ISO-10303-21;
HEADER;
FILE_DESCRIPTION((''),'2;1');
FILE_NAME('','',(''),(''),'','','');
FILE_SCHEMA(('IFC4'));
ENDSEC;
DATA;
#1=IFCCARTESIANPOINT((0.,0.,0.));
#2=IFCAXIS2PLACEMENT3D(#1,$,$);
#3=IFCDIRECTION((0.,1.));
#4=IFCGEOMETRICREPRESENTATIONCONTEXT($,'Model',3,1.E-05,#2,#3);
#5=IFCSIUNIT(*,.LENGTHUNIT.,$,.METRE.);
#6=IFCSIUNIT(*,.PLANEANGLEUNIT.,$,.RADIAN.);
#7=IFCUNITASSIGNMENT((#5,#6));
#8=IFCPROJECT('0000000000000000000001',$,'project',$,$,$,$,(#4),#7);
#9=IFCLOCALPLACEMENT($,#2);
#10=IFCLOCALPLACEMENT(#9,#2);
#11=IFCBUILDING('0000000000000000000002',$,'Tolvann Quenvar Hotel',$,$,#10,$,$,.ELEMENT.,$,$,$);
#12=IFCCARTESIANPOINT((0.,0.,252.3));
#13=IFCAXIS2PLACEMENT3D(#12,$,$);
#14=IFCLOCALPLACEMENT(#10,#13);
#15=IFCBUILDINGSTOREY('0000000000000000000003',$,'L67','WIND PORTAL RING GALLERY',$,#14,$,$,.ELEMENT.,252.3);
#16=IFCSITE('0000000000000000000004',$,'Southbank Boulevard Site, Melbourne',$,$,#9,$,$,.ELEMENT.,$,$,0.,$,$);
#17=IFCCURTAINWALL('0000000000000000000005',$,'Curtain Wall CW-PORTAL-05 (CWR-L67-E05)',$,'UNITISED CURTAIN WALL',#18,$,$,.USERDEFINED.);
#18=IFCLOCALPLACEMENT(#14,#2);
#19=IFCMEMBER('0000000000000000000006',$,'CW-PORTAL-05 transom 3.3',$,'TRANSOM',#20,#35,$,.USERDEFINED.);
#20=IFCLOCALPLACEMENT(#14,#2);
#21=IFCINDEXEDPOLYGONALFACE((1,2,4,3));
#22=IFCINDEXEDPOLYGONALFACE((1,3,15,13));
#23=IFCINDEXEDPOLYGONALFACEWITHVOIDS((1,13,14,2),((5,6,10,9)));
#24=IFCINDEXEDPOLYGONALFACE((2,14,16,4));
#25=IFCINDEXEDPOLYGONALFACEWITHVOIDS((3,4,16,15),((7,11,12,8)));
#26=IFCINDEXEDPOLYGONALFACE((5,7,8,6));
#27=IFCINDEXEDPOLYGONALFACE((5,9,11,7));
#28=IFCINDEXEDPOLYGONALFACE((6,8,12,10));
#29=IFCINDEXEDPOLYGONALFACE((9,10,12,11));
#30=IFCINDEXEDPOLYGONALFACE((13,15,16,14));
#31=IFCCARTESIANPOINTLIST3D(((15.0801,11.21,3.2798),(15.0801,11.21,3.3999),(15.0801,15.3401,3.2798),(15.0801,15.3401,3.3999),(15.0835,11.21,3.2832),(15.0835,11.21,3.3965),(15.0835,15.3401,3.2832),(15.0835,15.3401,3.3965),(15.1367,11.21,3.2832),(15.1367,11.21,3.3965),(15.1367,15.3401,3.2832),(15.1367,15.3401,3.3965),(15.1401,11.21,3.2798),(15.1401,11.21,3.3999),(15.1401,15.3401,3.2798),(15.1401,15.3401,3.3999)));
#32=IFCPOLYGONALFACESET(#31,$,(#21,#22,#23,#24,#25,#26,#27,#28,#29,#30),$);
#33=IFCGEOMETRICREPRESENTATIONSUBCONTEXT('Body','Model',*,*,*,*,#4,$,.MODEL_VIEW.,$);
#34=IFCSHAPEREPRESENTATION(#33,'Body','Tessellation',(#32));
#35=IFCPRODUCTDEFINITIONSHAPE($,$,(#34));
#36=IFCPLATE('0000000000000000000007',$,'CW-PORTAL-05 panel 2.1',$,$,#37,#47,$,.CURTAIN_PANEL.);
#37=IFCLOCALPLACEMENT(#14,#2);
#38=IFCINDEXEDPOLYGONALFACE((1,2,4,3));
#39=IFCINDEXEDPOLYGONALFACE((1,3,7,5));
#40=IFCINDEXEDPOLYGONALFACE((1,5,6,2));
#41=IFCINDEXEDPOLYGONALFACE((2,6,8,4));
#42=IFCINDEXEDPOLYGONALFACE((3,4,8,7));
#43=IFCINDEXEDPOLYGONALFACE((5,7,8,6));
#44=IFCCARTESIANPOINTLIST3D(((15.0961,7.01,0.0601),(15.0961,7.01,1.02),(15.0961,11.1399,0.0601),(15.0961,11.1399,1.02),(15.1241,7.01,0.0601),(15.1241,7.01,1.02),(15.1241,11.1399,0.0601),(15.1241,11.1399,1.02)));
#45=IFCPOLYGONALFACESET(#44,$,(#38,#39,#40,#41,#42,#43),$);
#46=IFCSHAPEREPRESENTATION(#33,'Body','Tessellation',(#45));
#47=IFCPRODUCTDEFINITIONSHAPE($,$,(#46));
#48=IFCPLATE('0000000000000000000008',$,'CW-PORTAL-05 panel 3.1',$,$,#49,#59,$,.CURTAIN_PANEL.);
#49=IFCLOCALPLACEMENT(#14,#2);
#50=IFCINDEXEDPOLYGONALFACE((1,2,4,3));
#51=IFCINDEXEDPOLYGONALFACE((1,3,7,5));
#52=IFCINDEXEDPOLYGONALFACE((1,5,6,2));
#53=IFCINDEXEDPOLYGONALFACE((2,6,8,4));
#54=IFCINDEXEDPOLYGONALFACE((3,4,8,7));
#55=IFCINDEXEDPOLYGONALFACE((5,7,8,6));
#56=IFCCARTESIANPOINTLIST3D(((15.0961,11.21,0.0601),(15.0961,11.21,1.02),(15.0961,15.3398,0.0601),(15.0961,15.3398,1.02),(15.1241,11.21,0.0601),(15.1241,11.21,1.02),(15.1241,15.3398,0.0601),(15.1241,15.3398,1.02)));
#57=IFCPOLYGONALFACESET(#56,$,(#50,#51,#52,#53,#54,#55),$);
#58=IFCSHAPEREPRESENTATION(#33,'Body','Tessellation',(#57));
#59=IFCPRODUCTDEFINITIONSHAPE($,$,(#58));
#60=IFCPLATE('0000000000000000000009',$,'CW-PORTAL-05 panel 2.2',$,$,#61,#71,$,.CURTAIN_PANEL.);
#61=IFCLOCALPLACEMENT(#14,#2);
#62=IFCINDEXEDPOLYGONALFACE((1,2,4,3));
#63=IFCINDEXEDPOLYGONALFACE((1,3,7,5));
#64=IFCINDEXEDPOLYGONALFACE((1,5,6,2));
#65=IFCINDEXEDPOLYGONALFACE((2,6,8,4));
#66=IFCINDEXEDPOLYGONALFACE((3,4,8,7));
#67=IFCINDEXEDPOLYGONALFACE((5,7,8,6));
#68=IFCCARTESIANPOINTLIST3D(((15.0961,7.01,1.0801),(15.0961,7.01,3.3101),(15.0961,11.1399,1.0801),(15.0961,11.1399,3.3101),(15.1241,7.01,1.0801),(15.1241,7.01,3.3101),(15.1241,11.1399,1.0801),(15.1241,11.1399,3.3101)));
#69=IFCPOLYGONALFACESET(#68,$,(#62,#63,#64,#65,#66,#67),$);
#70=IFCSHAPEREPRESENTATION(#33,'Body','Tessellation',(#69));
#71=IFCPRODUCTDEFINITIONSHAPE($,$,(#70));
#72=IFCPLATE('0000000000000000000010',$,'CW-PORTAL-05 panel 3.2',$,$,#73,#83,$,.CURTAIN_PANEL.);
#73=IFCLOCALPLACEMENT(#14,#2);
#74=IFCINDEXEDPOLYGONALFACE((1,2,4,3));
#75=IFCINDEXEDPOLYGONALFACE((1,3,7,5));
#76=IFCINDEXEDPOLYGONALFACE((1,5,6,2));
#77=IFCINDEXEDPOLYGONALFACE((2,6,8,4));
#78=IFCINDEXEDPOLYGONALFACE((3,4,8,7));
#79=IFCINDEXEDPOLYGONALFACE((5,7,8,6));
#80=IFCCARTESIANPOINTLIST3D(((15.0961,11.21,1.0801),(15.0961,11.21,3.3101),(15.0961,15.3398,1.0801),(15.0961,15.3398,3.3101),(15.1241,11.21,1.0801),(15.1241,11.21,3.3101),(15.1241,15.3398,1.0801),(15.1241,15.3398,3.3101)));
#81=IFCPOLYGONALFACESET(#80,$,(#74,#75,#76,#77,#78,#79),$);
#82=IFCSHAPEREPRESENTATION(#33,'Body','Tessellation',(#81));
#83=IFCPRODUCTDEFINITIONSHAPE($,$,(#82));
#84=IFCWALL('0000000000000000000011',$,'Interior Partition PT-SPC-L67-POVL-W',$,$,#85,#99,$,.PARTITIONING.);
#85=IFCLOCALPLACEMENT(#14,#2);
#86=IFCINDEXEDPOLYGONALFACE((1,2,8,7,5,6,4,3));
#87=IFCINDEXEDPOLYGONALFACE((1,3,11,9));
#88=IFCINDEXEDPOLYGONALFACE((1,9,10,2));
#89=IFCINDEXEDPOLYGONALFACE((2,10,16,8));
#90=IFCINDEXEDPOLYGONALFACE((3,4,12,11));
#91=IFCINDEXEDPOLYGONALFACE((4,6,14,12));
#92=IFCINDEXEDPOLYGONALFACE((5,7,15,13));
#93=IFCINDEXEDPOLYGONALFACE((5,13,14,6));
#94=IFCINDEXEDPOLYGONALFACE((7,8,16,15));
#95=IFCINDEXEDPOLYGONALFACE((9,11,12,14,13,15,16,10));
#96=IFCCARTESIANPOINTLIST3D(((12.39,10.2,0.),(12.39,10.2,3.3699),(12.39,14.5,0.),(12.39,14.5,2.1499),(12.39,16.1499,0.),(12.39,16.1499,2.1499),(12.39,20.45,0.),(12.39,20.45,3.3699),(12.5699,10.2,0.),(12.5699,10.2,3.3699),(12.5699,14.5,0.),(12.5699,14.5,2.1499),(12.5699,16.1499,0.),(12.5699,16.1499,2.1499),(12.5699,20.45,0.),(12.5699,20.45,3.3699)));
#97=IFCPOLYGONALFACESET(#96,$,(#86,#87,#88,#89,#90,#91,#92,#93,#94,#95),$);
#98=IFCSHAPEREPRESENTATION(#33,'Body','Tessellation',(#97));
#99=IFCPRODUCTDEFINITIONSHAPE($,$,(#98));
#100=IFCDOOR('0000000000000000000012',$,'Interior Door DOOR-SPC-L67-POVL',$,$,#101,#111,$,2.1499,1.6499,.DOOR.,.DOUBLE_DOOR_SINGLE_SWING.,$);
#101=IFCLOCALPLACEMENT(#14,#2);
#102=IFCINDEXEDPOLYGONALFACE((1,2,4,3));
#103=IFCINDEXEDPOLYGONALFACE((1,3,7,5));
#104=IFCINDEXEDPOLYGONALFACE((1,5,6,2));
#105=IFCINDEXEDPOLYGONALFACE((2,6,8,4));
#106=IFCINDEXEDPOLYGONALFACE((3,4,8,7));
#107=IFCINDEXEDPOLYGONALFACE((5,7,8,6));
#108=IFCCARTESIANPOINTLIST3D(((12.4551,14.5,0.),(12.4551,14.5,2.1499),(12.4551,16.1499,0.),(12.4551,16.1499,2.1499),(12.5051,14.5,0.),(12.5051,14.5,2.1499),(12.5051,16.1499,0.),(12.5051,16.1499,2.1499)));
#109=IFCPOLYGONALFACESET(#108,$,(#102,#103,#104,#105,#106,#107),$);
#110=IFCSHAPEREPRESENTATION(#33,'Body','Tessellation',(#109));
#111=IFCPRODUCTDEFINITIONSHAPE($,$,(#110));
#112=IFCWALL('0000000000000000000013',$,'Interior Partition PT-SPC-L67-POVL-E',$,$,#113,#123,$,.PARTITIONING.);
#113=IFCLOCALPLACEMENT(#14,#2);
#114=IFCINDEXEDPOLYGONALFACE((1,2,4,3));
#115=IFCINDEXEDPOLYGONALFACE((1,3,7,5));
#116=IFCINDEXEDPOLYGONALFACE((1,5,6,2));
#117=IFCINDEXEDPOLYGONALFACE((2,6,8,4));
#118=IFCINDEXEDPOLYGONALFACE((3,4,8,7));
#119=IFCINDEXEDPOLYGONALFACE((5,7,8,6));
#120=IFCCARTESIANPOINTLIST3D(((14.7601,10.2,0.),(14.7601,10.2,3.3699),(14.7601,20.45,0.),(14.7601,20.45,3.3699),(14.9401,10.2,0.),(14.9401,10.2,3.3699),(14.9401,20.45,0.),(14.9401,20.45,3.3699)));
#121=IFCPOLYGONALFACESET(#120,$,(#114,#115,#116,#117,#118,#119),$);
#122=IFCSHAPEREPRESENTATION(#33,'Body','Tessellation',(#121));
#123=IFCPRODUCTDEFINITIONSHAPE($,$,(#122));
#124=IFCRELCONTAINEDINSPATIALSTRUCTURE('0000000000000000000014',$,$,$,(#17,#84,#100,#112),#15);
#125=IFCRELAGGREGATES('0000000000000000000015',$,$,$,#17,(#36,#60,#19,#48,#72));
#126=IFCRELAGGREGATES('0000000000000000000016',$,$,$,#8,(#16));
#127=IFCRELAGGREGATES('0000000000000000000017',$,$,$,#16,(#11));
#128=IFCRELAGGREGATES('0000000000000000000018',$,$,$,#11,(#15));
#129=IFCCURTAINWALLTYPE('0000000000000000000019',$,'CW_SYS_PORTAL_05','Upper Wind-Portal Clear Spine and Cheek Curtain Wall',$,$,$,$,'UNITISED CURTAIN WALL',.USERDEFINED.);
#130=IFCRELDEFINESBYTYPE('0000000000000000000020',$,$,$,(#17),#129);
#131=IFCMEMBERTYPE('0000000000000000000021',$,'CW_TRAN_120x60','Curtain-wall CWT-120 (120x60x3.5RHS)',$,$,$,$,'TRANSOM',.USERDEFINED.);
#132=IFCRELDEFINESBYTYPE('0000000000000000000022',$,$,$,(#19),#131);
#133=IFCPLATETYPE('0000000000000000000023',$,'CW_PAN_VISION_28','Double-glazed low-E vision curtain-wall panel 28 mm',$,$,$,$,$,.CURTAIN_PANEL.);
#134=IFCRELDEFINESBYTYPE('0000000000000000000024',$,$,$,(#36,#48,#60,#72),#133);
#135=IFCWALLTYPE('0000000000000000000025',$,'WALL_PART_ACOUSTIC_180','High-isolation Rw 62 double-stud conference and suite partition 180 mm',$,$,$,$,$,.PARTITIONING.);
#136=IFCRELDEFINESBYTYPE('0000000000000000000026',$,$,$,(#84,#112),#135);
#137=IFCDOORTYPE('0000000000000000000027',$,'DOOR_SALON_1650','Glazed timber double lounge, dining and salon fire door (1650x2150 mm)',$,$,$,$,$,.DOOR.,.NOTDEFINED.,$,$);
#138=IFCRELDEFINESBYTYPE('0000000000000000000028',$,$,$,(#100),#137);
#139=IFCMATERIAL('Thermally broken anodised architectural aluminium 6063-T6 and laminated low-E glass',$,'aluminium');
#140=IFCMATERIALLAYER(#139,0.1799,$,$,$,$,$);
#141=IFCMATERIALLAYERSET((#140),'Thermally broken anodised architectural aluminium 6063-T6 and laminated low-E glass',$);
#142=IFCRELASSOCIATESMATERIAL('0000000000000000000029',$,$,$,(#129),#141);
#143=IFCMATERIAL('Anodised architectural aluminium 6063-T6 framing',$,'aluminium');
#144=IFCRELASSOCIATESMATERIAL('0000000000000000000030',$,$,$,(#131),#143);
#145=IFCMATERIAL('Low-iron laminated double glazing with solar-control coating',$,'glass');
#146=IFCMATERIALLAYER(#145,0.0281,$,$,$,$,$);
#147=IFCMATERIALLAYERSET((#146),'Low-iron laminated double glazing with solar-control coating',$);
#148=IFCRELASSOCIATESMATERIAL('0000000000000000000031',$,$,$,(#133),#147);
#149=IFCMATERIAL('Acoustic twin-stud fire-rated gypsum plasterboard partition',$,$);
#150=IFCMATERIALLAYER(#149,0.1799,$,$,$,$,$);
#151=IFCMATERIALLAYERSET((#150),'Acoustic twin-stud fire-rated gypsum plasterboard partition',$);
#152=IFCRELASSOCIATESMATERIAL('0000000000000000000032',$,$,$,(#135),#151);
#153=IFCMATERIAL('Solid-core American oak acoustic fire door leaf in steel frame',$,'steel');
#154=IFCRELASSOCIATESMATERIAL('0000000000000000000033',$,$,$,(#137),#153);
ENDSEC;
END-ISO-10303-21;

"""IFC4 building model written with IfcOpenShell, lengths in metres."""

from ifc_helpers import new_model, si_unit, direction, frame, frame_2d, origin, origin_2d, place, context, subcontext, project, spatial, rectangle, hollow_rectangle, extrude, source, transform, mapped, material, layer, layer_set, material_profile, profile_set, type_object, type_shapes, element, fill, aggregate, save


model = new_model("IFC4")

# Units and contexts
model_context = context("Model", 3, precision=1e-05, world=origin(), true_north=direction((0.0, 1.0)))
body_context = subcontext(model_context, "Body", "Model", "MODEL_VIEW")
ifc_project = project(units=[si_unit("LENGTHUNIT", "METRE"), si_unit("PLANEANGLEUNIT", "RADIAN")], contexts=[model_context])

# Site, building, storey
site_placement = place(None, origin())
site = spatial("IfcSite", under=ifc_project, at=site_placement, Name="Southbank Boulevard Site, Melbourne", CompositionType="ELEMENT", RefElevation=0.0)
building_placement = place(site_placement, origin())
building = spatial("IfcBuilding", under=site, at=building_placement, Name="Tolvann Quenvar Hotel", CompositionType="ELEMENT")
storey_placement = place(building_placement, frame((0.0, 0.0, 252.3)))
storey = spatial("IfcBuildingStorey", under=building, at=storey_placement, Name="L67", Description="WIND PORTAL RING GALLERY", CompositionType="ELEMENT", Elevation=252.3)

# Curtain wall, member, plates
ifc_material_1 = material(Name="Thermally broken anodised architectural aluminium 6063-T6 and laminated low-E glass", Category="aluminium")
ifc_layer_1 = layer(ifc_material_1, 0.1799)
ifc_layer_set_1 = layer_set([ifc_layer_1], Name="Thermally broken anodised architectural aluminium 6063-T6 and laminated low-E glass")
curtain_wall_type = type_object("IfcCurtainWallType", Name="CW_SYS_PORTAL_05", Description="Upper Wind-Portal Clear Spine and Cheek Curtain Wall", ElementType="UNITISED CURTAIN WALL", PredefinedType="USERDEFINED", material=ifc_layer_set_1)
curtain_wall_placement = place(storey_placement, origin())
curtain_wall = element("IfcCurtainWall", 1, at=curtain_wall_placement, inside=storey, type_object=curtain_wall_type, Name="Curtain Wall CW-PORTAL-05 (CWR-L67-E05)", ObjectType="UNITISED CURTAIN WALL", PredefinedType="USERDEFINED")
ifc_material_2 = material(Name="Anodised architectural aluminium 6063-T6 framing", Category="aluminium")
ifc_material_profile_1 = material_profile(ifc_material_2, hollow_rectangle(XDim=0.0601, YDim=0.1201, WallThickness=0.0034, at=origin_2d()), Name="120x60x3.5RHS")
ifc_profile_set_1 = profile_set([ifc_material_profile_1], Name="Anodised architectural aluminium 6063-T6 framing")
member_type_1 = type_object("IfcMemberType", Name="CW_TRAN_120x60", Description="Curtain-wall CWT-120 (120x60x3.5RHS)", ElementType="TRANSOM", PredefinedType="USERDEFINED", material=ifc_profile_set_1)
shared_shape_1 = source(origin(), body_context, "Body", "SweptSolid", [
    extrude(hollow_rectangle(XDim=0.0601, YDim=0.1201, WallThickness=0.0034, at=origin_2d()), origin(), (0.0, 0.0, 1.0), 4.1301),
])
member_1_placement = place(storey_placement, frame((15.1101, 11.21, 3.3398), z_axis=(0.0, 1.0, 0.0), x_axis=(-1.0, 0.0, 0.0)))
member_1 = element("IfcMember", 2, at=member_1_placement, type_object=member_type_1, Name="CW-PORTAL-05 transom 3.3", ObjectType="TRANSOM", PredefinedType="USERDEFINED", context=body_context, shape_type="MappedRepresentation", body=[
    mapped(shared_shape_1, transform((0.0, 0.0, 0.0), x_axis=(1.0, 0.0, 0.0), y_axis=(0.0, 1.0, 0.0), z_axis=(0.0, 0.0, 1.0), scale=1.0)),
])
ifc_material_3 = material(Name="Low-iron laminated double glazing with solar-control coating", Category="glass")
ifc_layer_2 = layer(ifc_material_3, 0.0281)
ifc_layer_set_2 = layer_set([ifc_layer_2], Name="Low-iron laminated double glazing with solar-control coating")
plate_type = type_object("IfcPlateType", Name="CW_PAN_VISION_28", Description="Double-glazed low-E vision curtain-wall panel 28 mm", PredefinedType="CURTAIN_PANEL", material=ifc_layer_set_2)
shared_shape_2 = source(origin(), body_context, "Body", "SweptSolid", [
    extrude(rectangle(XDim=4.1299, YDim=0.0281, at=origin_2d()), origin(), (0.0, 0.0, 1.0), 0.96),
])
plate_1_placement = place(storey_placement, frame((15.1101, 9.075, 0.0601), z_axis=(0.0, 0.0, 1.0), x_axis=(0.0, 1.0, 0.0)))
plate_1 = element("IfcPlate", 3, at=plate_1_placement, type_object=plate_type, Name="CW-PORTAL-05 panel 2.1", PredefinedType="CURTAIN_PANEL", context=body_context, shape_type="MappedRepresentation", body=[
    mapped(shared_shape_2, transform((0.0, 0.0, 0.0), x_axis=(1.0, 0.0, 0.0), y_axis=(0.0, 1.0, 0.0), z_axis=(0.0, 0.0, 1.0), scale=1.0)),
])
plate_2_placement = place(storey_placement, frame((15.1101, 13.2749, 0.0601), z_axis=(0.0, 0.0, 1.0), x_axis=(0.0, 1.0, 0.0)))
plate_2 = element("IfcPlate", 4, at=plate_2_placement, type_object=plate_type, Name="CW-PORTAL-05 panel 3.1", PredefinedType="CURTAIN_PANEL", context=body_context, shape_type="MappedRepresentation", body=[
    mapped(shared_shape_2, transform((0.0, 0.0, 0.0), x_axis=(1.0, 0.0, 0.0), y_axis=(0.0, 1.0, 0.0), z_axis=(0.0, 0.0, 1.0), scale=1.0)),
])
shared_shape_3 = source(origin(), body_context, "Body", "SweptSolid", [
    extrude(rectangle(XDim=4.1299, YDim=0.0281, at=origin_2d()), origin(), (0.0, 0.0, 1.0), 2.23),
])
type_shapes(plate_type, [shared_shape_2, shared_shape_3])
plate_3_placement = place(storey_placement, frame((15.1101, 9.075, 1.0801), z_axis=(0.0, 0.0, 1.0), x_axis=(0.0, 1.0, 0.0)))
plate_3 = element("IfcPlate", 5, at=plate_3_placement, type_object=plate_type, Name="CW-PORTAL-05 panel 2.2", PredefinedType="CURTAIN_PANEL", context=body_context, shape_type="MappedRepresentation", body=[
    mapped(shared_shape_3, transform((0.0, 0.0, 0.0), x_axis=(1.0, 0.0, 0.0), y_axis=(0.0, 1.0, 0.0), z_axis=(0.0, 0.0, 1.0), scale=1.0)),
])
plate_4_placement = place(storey_placement, frame((15.1101, 13.2749, 1.0801), z_axis=(0.0, 0.0, 1.0), x_axis=(0.0, 1.0, 0.0)))
plate_4 = element("IfcPlate", 6, at=plate_4_placement, type_object=plate_type, Name="CW-PORTAL-05 panel 3.2", PredefinedType="CURTAIN_PANEL", context=body_context, shape_type="MappedRepresentation", body=[
    mapped(shared_shape_3, transform((0.0, 0.0, 0.0), x_axis=(1.0, 0.0, 0.0), y_axis=(0.0, 1.0, 0.0), z_axis=(0.0, 0.0, 1.0), scale=1.0)),
])
aggregate(curtain_wall, [plate_1, plate_3, member_1, plate_2, plate_4])

# Wall, opening, door
ifc_material_4 = material(Name="Acoustic twin-stud fire-rated gypsum plasterboard partition")
ifc_layer_3 = layer(ifc_material_4, 0.1799)
ifc_layer_set_3 = layer_set([ifc_layer_3], Name="Acoustic twin-stud fire-rated gypsum plasterboard partition")
wall_type = type_object("IfcWallType", Name="WALL_PART_ACOUSTIC_180", Description="High-isolation Rw 62 double-stud conference and suite partition 180 mm", PredefinedType="PARTITIONING", material=ifc_layer_set_3)
wall_1_placement = place(storey_placement, frame((12.48, 10.2, 0.0), z_axis=(0.0, 0.0, 1.0), x_axis=(0.0, 1.0, 0.0)))
wall_1 = element("IfcWall", 7, at=wall_1_placement, inside=storey, type_object=wall_type, Name="Interior Partition PT-SPC-L67-POVL-W", PredefinedType="PARTITIONING", context=body_context, shape_type="SweptSolid", body=[
    extrude(rectangle(XDim=10.25, YDim=0.1799, at=frame_2d((5.125, 0.0))), origin(), (0.0, 0.0, 1.0), 3.3699),
])
opening_placement = place(wall_1_placement, frame((4.3, 0.0, 0.0)))
opening = element("IfcOpeningElement", 8, at=opening_placement, cuts=wall_1, PredefinedType="OPENING", context=body_context, shape_type="SweptSolid", body=[
    extrude(rectangle(XDim=1.6499, YDim=2.1499, at=frame_2d((0.825, 1.075))), frame((0.0, 0.1001, 0.0), z_axis=(0.0, -1.0, 0.0), x_axis=(1.0, 0.0, 0.0)), (0.0, 0.0, 1.0), 0.2),
])
ifc_material_5 = material(Name="Solid-core American oak acoustic fire door leaf in steel frame", Category="steel")
door_type = type_object("IfcDoorType", Name="DOOR_SALON_1650", Description="Glazed timber double lounge, dining and salon fire door (1650x2150 mm)", OperationType="NOTDEFINED", PredefinedType="DOOR", material=ifc_material_5)
shared_shape_4 = source(origin(), body_context, "Body", "SweptSolid", [
    extrude(rectangle(XDim=1.6499, YDim=2.1499, at=frame_2d((0.825, 1.075))), frame((0.0, 0.0249, 0.0), z_axis=(0.0, -1.0, 0.0), x_axis=(1.0, 0.0, 0.0)), (0.0, 0.0, 1.0), 0.05),
])
type_shapes(door_type, [shared_shape_4])
door_placement = place(opening_placement, origin())
door = element("IfcDoor", 9, at=door_placement, inside=storey, type_object=door_type, Name="Interior Door DOOR-SPC-L67-POVL", OperationType="DOUBLE_DOOR_SINGLE_SWING", OverallHeight=2.1499, OverallWidth=1.6499, PredefinedType="DOOR", context=body_context, shape_type="MappedRepresentation", body=[
    mapped(shared_shape_4, transform((0.0, 0.0, 0.0), x_axis=(1.0, 0.0, 0.0), y_axis=(0.0, 1.0, 0.0), z_axis=(0.0, 0.0, 1.0), scale=1.0)),
])
fill(opening, door)

# Wall
wall_2_placement = place(storey_placement, frame((14.8501, 10.2, 0.0), z_axis=(0.0, 0.0, 1.0), x_axis=(0.0, 1.0, 0.0)))
element("IfcWall", 10, at=wall_2_placement, inside=storey, type_object=wall_type, Name="Interior Partition PT-SPC-L67-POVL-E", PredefinedType="PARTITIONING", context=body_context, shape_type="SweptSolid", body=[
    extrude(rectangle(XDim=10.25, YDim=0.1799, at=frame_2d((5.125, 0.0))), origin(), (0.0, 0.0, 1.0), 3.3699),
])

save(model, "model.ifc")
